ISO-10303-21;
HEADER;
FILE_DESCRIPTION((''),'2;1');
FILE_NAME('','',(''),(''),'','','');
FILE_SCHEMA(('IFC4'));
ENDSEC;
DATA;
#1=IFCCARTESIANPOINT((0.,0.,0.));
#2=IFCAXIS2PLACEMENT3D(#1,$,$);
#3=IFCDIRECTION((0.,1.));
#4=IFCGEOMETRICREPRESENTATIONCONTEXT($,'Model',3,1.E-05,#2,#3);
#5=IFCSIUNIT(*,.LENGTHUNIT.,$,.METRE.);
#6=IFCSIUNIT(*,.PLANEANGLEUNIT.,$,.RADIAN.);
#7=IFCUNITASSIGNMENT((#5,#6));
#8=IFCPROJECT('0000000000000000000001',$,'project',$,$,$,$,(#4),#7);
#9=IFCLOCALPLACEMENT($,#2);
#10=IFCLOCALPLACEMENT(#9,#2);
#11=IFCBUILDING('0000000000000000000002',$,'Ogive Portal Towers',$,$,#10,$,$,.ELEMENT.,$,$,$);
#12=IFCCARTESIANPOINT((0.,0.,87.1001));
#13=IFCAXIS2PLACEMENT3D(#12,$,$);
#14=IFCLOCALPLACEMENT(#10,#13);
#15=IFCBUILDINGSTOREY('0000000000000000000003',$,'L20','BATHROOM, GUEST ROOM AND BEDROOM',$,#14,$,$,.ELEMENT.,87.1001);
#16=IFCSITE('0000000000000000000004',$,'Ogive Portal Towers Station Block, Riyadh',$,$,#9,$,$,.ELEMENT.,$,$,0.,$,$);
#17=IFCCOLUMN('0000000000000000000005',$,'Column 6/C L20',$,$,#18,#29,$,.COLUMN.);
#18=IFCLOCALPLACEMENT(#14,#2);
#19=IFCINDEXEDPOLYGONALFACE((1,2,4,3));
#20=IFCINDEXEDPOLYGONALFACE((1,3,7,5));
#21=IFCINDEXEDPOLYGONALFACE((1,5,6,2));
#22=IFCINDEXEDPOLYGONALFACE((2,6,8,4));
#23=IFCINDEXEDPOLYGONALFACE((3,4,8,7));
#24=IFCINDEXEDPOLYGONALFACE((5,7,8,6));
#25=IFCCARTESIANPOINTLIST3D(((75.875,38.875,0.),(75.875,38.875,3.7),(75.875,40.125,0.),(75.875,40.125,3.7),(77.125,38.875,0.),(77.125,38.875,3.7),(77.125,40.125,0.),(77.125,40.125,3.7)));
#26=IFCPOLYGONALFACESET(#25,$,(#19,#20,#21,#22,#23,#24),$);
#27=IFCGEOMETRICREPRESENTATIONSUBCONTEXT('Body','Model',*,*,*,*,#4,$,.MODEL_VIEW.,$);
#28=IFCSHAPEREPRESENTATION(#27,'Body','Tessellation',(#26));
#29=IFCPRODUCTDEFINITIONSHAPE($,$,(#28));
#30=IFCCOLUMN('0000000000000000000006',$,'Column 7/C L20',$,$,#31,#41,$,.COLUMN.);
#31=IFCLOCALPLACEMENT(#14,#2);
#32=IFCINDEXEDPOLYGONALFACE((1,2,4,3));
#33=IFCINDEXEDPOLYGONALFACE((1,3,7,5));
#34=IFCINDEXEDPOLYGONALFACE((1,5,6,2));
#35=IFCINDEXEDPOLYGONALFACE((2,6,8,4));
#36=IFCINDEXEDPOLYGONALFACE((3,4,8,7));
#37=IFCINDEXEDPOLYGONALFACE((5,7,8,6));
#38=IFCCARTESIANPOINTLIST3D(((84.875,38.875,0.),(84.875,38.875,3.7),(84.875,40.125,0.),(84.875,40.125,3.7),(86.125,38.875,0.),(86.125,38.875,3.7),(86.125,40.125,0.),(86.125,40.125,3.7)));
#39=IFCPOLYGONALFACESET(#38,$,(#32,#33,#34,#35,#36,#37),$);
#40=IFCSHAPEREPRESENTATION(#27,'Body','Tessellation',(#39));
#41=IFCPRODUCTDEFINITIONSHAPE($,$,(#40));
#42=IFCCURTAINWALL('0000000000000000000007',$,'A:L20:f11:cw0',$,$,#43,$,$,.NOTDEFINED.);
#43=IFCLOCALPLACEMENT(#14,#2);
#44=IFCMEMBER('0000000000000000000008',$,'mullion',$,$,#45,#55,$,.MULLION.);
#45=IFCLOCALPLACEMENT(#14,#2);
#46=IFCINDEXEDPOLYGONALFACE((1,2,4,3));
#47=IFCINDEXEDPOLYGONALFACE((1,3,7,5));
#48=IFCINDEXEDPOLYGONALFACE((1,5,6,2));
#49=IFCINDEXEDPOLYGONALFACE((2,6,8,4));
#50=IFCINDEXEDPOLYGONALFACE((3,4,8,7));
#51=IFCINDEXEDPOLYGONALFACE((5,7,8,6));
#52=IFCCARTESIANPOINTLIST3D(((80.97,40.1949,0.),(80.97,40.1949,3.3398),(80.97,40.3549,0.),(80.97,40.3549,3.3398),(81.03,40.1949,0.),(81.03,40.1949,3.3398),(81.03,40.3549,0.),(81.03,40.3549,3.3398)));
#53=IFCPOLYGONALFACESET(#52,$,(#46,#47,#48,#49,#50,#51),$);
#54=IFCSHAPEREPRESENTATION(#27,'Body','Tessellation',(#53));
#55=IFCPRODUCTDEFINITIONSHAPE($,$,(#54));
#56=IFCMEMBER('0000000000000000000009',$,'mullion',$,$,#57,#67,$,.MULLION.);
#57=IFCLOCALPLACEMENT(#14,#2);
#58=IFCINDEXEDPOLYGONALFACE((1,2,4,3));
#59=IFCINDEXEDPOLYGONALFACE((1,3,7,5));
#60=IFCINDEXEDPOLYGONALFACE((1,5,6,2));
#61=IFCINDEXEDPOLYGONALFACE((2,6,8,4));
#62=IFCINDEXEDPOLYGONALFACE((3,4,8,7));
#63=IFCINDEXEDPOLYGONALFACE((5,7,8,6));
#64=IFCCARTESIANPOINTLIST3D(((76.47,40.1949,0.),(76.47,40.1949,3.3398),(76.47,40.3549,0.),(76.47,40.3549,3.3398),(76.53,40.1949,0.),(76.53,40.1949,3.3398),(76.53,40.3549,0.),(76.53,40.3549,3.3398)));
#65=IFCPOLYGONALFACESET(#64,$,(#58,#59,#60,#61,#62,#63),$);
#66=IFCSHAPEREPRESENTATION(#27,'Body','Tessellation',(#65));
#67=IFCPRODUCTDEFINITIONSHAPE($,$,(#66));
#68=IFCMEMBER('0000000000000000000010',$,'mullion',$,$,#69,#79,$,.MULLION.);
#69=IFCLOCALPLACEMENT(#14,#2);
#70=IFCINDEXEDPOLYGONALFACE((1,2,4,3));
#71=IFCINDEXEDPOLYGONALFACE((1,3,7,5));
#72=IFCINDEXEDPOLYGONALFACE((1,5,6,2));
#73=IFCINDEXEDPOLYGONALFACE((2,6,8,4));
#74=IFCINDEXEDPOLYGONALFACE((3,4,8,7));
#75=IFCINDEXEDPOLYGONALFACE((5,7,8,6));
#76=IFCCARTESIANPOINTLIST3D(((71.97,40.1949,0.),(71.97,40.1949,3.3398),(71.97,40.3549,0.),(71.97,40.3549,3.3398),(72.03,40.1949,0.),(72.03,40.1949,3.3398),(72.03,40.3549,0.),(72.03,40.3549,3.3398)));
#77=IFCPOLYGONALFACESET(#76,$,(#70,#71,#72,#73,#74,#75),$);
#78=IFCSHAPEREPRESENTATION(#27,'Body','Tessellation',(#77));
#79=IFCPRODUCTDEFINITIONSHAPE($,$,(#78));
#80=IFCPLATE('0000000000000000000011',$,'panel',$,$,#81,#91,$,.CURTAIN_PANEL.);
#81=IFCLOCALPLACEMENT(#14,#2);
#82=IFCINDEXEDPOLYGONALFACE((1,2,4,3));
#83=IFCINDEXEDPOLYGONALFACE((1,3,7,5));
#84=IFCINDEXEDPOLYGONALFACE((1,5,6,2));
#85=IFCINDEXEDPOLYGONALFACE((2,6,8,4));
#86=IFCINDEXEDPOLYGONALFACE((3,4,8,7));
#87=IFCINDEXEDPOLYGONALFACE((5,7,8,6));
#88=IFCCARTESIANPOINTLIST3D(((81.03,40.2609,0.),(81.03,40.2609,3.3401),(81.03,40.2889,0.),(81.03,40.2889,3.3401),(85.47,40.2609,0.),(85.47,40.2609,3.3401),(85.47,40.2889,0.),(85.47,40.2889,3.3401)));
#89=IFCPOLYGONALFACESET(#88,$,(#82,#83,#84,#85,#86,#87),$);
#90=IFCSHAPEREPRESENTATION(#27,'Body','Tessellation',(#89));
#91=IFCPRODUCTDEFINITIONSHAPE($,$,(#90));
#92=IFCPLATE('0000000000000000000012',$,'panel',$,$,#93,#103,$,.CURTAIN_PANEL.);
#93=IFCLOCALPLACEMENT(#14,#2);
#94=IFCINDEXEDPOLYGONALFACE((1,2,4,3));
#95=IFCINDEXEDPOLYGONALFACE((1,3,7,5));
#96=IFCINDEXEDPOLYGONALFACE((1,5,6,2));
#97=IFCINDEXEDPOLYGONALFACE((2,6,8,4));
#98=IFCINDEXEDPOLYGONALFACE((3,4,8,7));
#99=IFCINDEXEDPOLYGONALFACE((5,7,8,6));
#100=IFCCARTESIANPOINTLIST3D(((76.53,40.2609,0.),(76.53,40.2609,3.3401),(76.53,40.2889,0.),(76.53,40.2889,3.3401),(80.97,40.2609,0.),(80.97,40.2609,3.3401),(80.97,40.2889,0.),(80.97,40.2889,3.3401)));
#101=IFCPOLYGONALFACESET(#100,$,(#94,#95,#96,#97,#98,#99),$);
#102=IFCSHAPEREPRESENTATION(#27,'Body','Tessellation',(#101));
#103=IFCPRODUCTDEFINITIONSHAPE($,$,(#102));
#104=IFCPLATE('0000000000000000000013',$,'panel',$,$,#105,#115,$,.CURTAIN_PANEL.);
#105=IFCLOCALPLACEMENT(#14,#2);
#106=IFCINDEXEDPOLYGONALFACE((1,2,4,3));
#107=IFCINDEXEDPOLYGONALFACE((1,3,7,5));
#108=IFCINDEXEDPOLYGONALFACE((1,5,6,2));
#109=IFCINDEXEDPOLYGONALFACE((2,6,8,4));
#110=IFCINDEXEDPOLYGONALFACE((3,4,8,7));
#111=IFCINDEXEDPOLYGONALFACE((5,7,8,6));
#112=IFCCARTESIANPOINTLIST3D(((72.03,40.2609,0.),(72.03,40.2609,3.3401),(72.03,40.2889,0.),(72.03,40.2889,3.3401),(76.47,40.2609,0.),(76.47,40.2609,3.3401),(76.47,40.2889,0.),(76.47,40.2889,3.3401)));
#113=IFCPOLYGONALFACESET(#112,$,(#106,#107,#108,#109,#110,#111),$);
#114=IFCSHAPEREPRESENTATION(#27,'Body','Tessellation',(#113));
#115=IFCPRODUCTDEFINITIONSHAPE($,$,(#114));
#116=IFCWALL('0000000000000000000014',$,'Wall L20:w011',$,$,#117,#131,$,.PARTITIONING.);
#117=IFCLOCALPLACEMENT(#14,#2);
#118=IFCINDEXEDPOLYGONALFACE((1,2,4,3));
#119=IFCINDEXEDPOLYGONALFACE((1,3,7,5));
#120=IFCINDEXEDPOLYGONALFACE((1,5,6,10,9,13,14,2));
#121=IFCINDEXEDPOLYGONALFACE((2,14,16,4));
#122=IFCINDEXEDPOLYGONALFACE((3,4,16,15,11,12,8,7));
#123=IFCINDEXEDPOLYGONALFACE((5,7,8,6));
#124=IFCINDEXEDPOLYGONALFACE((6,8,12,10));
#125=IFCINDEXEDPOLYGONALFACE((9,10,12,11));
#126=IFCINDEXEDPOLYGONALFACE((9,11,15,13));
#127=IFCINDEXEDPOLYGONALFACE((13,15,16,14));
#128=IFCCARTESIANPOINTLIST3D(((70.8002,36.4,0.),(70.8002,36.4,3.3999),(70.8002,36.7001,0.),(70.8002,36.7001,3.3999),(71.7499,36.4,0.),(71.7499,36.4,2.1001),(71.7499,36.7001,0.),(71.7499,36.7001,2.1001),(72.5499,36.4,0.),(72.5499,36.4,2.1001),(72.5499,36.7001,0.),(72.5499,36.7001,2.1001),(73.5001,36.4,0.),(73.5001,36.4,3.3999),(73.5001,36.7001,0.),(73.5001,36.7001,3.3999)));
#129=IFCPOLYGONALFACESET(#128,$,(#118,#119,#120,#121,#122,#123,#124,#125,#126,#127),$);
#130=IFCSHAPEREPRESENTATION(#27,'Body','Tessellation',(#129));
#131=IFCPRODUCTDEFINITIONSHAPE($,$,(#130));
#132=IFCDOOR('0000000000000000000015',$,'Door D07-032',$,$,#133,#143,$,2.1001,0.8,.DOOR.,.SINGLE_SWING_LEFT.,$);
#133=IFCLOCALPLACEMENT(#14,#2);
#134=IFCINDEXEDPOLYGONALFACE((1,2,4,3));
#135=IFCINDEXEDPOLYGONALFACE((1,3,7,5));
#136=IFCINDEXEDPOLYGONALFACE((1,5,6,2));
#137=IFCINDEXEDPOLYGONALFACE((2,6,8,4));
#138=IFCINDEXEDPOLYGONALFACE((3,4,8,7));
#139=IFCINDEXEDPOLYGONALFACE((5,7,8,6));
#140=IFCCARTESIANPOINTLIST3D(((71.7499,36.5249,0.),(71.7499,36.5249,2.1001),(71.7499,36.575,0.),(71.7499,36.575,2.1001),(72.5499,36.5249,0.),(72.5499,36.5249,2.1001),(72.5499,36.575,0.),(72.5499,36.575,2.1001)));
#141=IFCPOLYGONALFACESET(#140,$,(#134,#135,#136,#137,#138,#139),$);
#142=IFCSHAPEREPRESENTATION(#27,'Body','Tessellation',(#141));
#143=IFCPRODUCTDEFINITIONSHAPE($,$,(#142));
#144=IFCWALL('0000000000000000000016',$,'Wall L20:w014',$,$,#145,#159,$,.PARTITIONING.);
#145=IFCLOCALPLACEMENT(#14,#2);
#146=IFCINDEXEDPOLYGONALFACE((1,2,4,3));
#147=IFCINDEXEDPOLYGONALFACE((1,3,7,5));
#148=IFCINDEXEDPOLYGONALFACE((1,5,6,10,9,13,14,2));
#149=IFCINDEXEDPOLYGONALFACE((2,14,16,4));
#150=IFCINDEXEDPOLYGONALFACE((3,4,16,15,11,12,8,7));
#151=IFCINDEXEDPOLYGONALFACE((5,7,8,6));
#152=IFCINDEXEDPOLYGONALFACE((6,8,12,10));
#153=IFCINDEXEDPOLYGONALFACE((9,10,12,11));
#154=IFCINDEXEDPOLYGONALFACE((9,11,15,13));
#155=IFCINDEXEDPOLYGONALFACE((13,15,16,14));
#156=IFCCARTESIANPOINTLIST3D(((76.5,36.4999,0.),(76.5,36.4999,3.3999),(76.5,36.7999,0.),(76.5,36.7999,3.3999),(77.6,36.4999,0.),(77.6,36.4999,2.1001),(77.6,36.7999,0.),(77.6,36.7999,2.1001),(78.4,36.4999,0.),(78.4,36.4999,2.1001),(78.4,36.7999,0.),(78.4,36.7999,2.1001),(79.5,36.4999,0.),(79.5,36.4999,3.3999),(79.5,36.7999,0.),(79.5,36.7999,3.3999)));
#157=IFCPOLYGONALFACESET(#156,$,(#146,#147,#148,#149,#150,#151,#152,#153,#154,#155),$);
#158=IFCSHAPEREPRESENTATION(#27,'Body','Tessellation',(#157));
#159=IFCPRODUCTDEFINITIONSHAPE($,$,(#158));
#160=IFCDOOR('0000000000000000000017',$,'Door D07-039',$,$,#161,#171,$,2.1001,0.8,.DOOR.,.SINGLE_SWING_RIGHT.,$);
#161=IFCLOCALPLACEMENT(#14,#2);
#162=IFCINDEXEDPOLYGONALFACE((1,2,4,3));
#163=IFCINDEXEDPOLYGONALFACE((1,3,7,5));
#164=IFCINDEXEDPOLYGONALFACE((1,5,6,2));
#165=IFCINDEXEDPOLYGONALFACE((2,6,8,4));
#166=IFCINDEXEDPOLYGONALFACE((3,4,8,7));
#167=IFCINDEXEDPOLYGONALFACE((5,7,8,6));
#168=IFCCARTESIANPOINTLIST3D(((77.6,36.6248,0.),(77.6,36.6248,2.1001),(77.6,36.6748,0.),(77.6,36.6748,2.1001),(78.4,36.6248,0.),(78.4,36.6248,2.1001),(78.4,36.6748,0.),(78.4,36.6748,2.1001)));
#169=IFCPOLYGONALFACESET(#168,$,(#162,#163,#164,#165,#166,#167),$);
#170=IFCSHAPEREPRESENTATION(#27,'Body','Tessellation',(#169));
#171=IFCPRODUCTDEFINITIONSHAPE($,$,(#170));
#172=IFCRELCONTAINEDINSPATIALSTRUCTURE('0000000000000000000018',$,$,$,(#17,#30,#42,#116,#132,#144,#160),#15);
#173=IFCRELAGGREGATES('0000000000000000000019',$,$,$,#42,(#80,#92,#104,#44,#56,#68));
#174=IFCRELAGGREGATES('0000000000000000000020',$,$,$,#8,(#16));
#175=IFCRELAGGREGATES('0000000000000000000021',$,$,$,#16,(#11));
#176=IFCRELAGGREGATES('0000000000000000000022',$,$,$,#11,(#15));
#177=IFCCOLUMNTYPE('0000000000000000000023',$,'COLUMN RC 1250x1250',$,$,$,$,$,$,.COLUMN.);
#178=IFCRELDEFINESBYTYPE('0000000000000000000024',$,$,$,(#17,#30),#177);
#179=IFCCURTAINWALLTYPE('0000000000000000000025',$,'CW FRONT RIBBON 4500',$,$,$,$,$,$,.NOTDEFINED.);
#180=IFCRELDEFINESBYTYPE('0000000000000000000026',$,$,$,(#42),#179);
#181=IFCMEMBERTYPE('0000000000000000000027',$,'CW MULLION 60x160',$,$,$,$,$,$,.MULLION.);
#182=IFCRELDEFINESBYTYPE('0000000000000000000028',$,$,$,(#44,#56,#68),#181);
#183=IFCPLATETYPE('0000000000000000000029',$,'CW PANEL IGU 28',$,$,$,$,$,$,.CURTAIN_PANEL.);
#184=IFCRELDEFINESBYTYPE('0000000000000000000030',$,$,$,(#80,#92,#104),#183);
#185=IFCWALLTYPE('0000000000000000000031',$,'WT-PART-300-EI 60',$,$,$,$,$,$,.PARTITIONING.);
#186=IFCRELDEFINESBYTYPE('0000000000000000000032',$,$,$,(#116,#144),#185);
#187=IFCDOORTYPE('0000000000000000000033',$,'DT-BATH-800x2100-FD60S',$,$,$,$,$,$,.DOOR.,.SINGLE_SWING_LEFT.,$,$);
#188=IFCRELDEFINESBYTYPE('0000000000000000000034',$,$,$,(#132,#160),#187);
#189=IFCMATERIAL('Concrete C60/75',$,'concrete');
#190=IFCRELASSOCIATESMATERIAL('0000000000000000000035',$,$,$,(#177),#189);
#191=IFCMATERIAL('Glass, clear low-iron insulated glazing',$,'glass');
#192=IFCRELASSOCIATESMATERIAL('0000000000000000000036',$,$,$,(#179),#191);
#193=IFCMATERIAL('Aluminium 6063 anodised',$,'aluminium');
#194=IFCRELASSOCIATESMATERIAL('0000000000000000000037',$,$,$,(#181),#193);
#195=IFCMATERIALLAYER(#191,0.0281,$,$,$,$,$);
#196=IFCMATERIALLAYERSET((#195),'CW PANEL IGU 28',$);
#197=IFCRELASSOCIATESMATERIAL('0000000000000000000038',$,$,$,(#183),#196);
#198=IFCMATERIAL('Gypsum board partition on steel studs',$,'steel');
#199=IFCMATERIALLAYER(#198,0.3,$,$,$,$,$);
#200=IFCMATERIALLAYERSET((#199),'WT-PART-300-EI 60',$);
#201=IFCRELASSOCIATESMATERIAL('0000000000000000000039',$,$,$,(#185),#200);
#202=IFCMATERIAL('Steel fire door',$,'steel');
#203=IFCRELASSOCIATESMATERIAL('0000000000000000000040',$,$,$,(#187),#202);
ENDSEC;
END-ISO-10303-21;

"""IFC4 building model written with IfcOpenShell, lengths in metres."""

from ifc_helpers import new_model, si_unit, direction, frame, frame_2d, origin, origin_2d, place, context, subcontext, project, spatial, rectangle, extrude, material, layer, layer_set, material_profile, profile_set, type_object, element, fill, aggregate, save


model = new_model("IFC4")

# Units and contexts
model_context = context("Model", 3, precision=1e-05, world=origin(), true_north=direction((0.0, 1.0)))
body_context = subcontext(model_context, "Body", "Model", "MODEL_VIEW")
ifc_project = project(units=[si_unit("LENGTHUNIT", "METRE"), si_unit("PLANEANGLEUNIT", "RADIAN")], contexts=[model_context])

# Site, building, storey
site_placement = place(None, origin())
site = spatial("IfcSite", under=ifc_project, at=site_placement, Name="Ogive Portal Towers Station Block, Riyadh", CompositionType="ELEMENT", RefElevation=0.0)
building_placement = place(site_placement, origin())
building = spatial("IfcBuilding", under=site, at=building_placement, Name="Ogive Portal Towers", CompositionType="ELEMENT")
storey_placement = place(building_placement, frame((0.0, 0.0, 87.1001)))
storey = spatial("IfcBuildingStorey", under=building, at=storey_placement, Name="L20", Description="BATHROOM, GUEST ROOM AND BEDROOM", CompositionType="ELEMENT", Elevation=87.1001)

# Columns
ifc_material_1 = material(Name="Concrete C60/75", Category="concrete")
ifc_material_profile_1 = material_profile(ifc_material_1, rectangle(XDim=1.25, YDim=1.25, at=origin_2d()), Name="RC 1250x1250")
ifc_profile_set_1 = profile_set([ifc_material_profile_1], Name="Concrete C60/75")
column_type = type_object("IfcColumnType", Name="COLUMN RC 1250x1250", PredefinedType="COLUMN", material=ifc_profile_set_1)
for number, where, z_axis, x_axis, name in (
    (1, (76.5, 39.5, 0.0), (0.0, 0.0, 1.0), (1.0, 0.0, 0.0), "Column 6/C L20"),
    (2, (85.5, 39.5, 0.0), (0.0, 0.0, 1.0), (1.0, 0.0, 0.0), "Column 7/C L20"),
):
    element("IfcColumn", number, at=place(storey_placement, frame(where, z_axis=z_axis, x_axis=x_axis)), inside=storey, type_object=column_type, Name=name, PredefinedType="COLUMN", context=body_context, shape_type="SweptSolid", body=[
        extrude(rectangle(XDim=1.25, YDim=1.25, at=origin_2d()), origin(), (0.0, 0.0, 1.0), 3.7),
    ])

# Curtain wall, members, plates
ifc_material_2 = material(Name="Glass, clear low-iron insulated glazing", Category="glass")
curtain_wall_type = type_object("IfcCurtainWallType", Name="CW FRONT RIBBON 4500", PredefinedType="NOTDEFINED", material=ifc_material_2)
curtain_wall_placement = place(storey_placement, origin())
curtain_wall = element("IfcCurtainWall", 3, at=curtain_wall_placement, inside=storey, type_object=curtain_wall_type, Name="A:L20:f11:cw0", PredefinedType="NOTDEFINED")
ifc_material_3 = material(Name="Aluminium 6063 anodised", Category="aluminium")
ifc_material_profile_2 = material_profile(ifc_material_3, rectangle(XDim=0.1599, YDim=0.0601, at=origin_2d()), Name="AL 60x160")
ifc_profile_set_2 = profile_set([ifc_material_profile_2], Name="Aluminium 6063 anodised")
member_type = type_object("IfcMemberType", Name="CW MULLION 60x160", PredefinedType="MULLION", material=ifc_profile_set_2)
member_1_placement = place(storey_placement, frame((81.0, 40.2749, 0.0), z_axis=(0.0, 0.0, 1.0), x_axis=(0.0, -1.0, 0.0)))
member_1 = element("IfcMember", 4, at=member_1_placement, type_object=member_type, Name="mullion", PredefinedType="MULLION", context=body_context, shape_type="SweptSolid", body=[
    extrude(rectangle(XDim=0.1599, YDim=0.0601, at=origin_2d()), origin(), (0.0, 0.0, 1.0), 3.3398),
])
member_2_placement = place(storey_placement, frame((76.5, 40.2749, 0.0), z_axis=(0.0, 0.0, 1.0), x_axis=(0.0, -1.0, 0.0)))
member_2 = element("IfcMember", 5, at=member_2_placement, type_object=member_type, Name="mullion", PredefinedType="MULLION", context=body_context, shape_type="SweptSolid", body=[
    extrude(rectangle(XDim=0.1599, YDim=0.0601, at=origin_2d()), origin(), (0.0, 0.0, 1.0), 3.3398),
])
member_3_placement = place(storey_placement, frame((72.0, 40.2749, 0.0), z_axis=(0.0, 0.0, 1.0), x_axis=(0.0, -1.0, 0.0)))
member_3 = element("IfcMember", 6, at=member_3_placement, type_object=member_type, Name="mullion", PredefinedType="MULLION", context=body_context, shape_type="SweptSolid", body=[
    extrude(rectangle(XDim=0.1599, YDim=0.0601, at=origin_2d()), origin(), (0.0, 0.0, 1.0), 3.3398),
])
ifc_layer_1 = layer(ifc_material_2, 0.0281)
ifc_layer_set_1 = layer_set([ifc_layer_1], Name="CW PANEL IGU 28")
plate_type = type_object("IfcPlateType", Name="CW PANEL IGU 28", PredefinedType="CURTAIN_PANEL", material=ifc_layer_set_1)
plate_1_placement = place(storey_placement, frame((83.25, 40.2749, 0.0), z_axis=(0.0, 0.0, 1.0), x_axis=(-1.0, 0.0, 0.0)))
plate_1 = element("IfcPlate", 7, at=plate_1_placement, type_object=plate_type, Name="panel", PredefinedType="CURTAIN_PANEL", context=body_context, shape_type="SweptSolid", body=[
    extrude(rectangle(XDim=4.4399, YDim=0.0281, at=origin_2d()), origin(), (0.0, 0.0, 1.0), 3.3401),
])
plate_2_placement = place(storey_placement, frame((78.75, 40.2749, 0.0), z_axis=(0.0, 0.0, 1.0), x_axis=(-1.0, 0.0, 0.0)))
plate_2 = element("IfcPlate", 8, at=plate_2_placement, type_object=plate_type, Name="panel", PredefinedType="CURTAIN_PANEL", context=body_context, shape_type="SweptSolid", body=[
    extrude(rectangle(XDim=4.4399, YDim=0.0281, at=origin_2d()), origin(), (0.0, 0.0, 1.0), 3.3401),
])
plate_3_placement = place(storey_placement, frame((74.25, 40.2749, 0.0), z_axis=(0.0, 0.0, 1.0), x_axis=(-1.0, 0.0, 0.0)))
plate_3 = element("IfcPlate", 9, at=plate_3_placement, type_object=plate_type, Name="panel", PredefinedType="CURTAIN_PANEL", context=body_context, shape_type="SweptSolid", body=[
    extrude(rectangle(XDim=4.4399, YDim=0.0281, at=origin_2d()), origin(), (0.0, 0.0, 1.0), 3.3401),
])
aggregate(curtain_wall, [plate_1, plate_2, plate_3, member_1, member_2, member_3])

# Walls, openings, doors
ifc_material_4 = material(Name="Gypsum board partition on steel studs", Category="steel")
ifc_layer_2 = layer(ifc_material_4, 0.3)
ifc_layer_set_2 = layer_set([ifc_layer_2], Name="WT-PART-300-EI 60")
wall_type = type_object("IfcWallType", Name="WT-PART-300-EI 60", PredefinedType="PARTITIONING", material=ifc_layer_set_2)
wall_1_placement = place(storey_placement, frame((70.8, 36.55, 0.0), z_axis=(0.0, 0.0, 1.0), x_axis=(1.0, 0.0, 0.0)))
wall_1 = element("IfcWall", 10, at=wall_1_placement, inside=storey, type_object=wall_type, Name="Wall L20:w011", PredefinedType="PARTITIONING", context=body_context, shape_type="SweptSolid", body=[
    extrude(rectangle(XDim=2.7, YDim=0.3, at=frame_2d((1.3501, 0.0))), origin(), (0.0, 0.0, 1.0), 3.3999),
])
opening_1_placement = place(wall_1_placement, frame((0.95, 0.0, 0.0)))
opening_1 = element("IfcOpeningElement", 11, at=opening_1_placement, cuts=wall_1, PredefinedType="OPENING", context=body_context, shape_type="SweptSolid", body=[
    extrude(rectangle(XDim=0.8, YDim=2.1001, at=frame_2d((0.3999, 1.05))), frame((0.0, 0.1602, 0.0), z_axis=(0.0, -1.0, 0.0), x_axis=(1.0, 0.0, 0.0)), (0.0, 0.0, 1.0), 0.3201),
])
ifc_material_5 = material(Name="Steel fire door", Category="steel")
door_type = type_object("IfcDoorType", Name="DT-BATH-800x2100-FD60S", OperationType="SINGLE_SWING_LEFT", PredefinedType="DOOR", material=ifc_material_5)
door_1_placement = place(opening_1_placement, origin())
door_1 = element("IfcDoor", 12, at=door_1_placement, inside=storey, type_object=door_type, Name="Door D07-032", OperationType="SINGLE_SWING_LEFT", OverallHeight=2.1001, OverallWidth=0.8, PredefinedType="DOOR", context=body_context, shape_type="SweptSolid", body=[
    extrude(rectangle(XDim=0.8, YDim=2.1001, at=frame_2d((0.3999, 1.05))), frame((0.0, 0.0249, 0.0), z_axis=(0.0, -1.0, 0.0), x_axis=(1.0, 0.0, 0.0)), (0.0, 0.0, 1.0), 0.05),
])
fill(opening_1, door_1)
wall_2_placement = place(storey_placement, frame((76.5, 36.6499, 0.0), z_axis=(0.0, 0.0, 1.0), x_axis=(1.0, 0.0, 0.0)))
wall_2 = element("IfcWall", 13, at=wall_2_placement, inside=storey, type_object=wall_type, Name="Wall L20:w014", PredefinedType="PARTITIONING", context=body_context, shape_type="SweptSolid", body=[
    extrude(rectangle(XDim=3.0, YDim=0.3, at=frame_2d((1.5, 0.0))), origin(), (0.0, 0.0, 1.0), 3.3999),
])
opening_2_placement = place(wall_2_placement, frame((1.1001, 0.0, 0.0)))
opening_2 = element("IfcOpeningElement", 14, at=opening_2_placement, cuts=wall_2, PredefinedType="OPENING", context=body_context, shape_type="SweptSolid", body=[
    extrude(rectangle(XDim=0.8, YDim=2.1001, at=frame_2d((0.3999, 1.05))), frame((0.0, 0.1602, 0.0), z_axis=(0.0, -1.0, 0.0), x_axis=(1.0, 0.0, 0.0)), (0.0, 0.0, 1.0), 0.3201),
])
door_2_placement = place(opening_2_placement, origin())
door_2 = element("IfcDoor", 15, at=door_2_placement, inside=storey, type_object=door_type, Name="Door D07-039", OperationType="SINGLE_SWING_RIGHT", OverallHeight=2.1001, OverallWidth=0.8, PredefinedType="DOOR", context=body_context, shape_type="SweptSolid", body=[
    extrude(rectangle(XDim=0.8, YDim=2.1001, at=frame_2d((0.3999, 1.05))), frame((0.0, 0.0249, 0.0), z_axis=(0.0, -1.0, 0.0), x_axis=(1.0, 0.0, 0.0)), (0.0, 0.0, 1.0), 0.05),
])
fill(opening_2, door_2)

save(model, "model.ifc")
